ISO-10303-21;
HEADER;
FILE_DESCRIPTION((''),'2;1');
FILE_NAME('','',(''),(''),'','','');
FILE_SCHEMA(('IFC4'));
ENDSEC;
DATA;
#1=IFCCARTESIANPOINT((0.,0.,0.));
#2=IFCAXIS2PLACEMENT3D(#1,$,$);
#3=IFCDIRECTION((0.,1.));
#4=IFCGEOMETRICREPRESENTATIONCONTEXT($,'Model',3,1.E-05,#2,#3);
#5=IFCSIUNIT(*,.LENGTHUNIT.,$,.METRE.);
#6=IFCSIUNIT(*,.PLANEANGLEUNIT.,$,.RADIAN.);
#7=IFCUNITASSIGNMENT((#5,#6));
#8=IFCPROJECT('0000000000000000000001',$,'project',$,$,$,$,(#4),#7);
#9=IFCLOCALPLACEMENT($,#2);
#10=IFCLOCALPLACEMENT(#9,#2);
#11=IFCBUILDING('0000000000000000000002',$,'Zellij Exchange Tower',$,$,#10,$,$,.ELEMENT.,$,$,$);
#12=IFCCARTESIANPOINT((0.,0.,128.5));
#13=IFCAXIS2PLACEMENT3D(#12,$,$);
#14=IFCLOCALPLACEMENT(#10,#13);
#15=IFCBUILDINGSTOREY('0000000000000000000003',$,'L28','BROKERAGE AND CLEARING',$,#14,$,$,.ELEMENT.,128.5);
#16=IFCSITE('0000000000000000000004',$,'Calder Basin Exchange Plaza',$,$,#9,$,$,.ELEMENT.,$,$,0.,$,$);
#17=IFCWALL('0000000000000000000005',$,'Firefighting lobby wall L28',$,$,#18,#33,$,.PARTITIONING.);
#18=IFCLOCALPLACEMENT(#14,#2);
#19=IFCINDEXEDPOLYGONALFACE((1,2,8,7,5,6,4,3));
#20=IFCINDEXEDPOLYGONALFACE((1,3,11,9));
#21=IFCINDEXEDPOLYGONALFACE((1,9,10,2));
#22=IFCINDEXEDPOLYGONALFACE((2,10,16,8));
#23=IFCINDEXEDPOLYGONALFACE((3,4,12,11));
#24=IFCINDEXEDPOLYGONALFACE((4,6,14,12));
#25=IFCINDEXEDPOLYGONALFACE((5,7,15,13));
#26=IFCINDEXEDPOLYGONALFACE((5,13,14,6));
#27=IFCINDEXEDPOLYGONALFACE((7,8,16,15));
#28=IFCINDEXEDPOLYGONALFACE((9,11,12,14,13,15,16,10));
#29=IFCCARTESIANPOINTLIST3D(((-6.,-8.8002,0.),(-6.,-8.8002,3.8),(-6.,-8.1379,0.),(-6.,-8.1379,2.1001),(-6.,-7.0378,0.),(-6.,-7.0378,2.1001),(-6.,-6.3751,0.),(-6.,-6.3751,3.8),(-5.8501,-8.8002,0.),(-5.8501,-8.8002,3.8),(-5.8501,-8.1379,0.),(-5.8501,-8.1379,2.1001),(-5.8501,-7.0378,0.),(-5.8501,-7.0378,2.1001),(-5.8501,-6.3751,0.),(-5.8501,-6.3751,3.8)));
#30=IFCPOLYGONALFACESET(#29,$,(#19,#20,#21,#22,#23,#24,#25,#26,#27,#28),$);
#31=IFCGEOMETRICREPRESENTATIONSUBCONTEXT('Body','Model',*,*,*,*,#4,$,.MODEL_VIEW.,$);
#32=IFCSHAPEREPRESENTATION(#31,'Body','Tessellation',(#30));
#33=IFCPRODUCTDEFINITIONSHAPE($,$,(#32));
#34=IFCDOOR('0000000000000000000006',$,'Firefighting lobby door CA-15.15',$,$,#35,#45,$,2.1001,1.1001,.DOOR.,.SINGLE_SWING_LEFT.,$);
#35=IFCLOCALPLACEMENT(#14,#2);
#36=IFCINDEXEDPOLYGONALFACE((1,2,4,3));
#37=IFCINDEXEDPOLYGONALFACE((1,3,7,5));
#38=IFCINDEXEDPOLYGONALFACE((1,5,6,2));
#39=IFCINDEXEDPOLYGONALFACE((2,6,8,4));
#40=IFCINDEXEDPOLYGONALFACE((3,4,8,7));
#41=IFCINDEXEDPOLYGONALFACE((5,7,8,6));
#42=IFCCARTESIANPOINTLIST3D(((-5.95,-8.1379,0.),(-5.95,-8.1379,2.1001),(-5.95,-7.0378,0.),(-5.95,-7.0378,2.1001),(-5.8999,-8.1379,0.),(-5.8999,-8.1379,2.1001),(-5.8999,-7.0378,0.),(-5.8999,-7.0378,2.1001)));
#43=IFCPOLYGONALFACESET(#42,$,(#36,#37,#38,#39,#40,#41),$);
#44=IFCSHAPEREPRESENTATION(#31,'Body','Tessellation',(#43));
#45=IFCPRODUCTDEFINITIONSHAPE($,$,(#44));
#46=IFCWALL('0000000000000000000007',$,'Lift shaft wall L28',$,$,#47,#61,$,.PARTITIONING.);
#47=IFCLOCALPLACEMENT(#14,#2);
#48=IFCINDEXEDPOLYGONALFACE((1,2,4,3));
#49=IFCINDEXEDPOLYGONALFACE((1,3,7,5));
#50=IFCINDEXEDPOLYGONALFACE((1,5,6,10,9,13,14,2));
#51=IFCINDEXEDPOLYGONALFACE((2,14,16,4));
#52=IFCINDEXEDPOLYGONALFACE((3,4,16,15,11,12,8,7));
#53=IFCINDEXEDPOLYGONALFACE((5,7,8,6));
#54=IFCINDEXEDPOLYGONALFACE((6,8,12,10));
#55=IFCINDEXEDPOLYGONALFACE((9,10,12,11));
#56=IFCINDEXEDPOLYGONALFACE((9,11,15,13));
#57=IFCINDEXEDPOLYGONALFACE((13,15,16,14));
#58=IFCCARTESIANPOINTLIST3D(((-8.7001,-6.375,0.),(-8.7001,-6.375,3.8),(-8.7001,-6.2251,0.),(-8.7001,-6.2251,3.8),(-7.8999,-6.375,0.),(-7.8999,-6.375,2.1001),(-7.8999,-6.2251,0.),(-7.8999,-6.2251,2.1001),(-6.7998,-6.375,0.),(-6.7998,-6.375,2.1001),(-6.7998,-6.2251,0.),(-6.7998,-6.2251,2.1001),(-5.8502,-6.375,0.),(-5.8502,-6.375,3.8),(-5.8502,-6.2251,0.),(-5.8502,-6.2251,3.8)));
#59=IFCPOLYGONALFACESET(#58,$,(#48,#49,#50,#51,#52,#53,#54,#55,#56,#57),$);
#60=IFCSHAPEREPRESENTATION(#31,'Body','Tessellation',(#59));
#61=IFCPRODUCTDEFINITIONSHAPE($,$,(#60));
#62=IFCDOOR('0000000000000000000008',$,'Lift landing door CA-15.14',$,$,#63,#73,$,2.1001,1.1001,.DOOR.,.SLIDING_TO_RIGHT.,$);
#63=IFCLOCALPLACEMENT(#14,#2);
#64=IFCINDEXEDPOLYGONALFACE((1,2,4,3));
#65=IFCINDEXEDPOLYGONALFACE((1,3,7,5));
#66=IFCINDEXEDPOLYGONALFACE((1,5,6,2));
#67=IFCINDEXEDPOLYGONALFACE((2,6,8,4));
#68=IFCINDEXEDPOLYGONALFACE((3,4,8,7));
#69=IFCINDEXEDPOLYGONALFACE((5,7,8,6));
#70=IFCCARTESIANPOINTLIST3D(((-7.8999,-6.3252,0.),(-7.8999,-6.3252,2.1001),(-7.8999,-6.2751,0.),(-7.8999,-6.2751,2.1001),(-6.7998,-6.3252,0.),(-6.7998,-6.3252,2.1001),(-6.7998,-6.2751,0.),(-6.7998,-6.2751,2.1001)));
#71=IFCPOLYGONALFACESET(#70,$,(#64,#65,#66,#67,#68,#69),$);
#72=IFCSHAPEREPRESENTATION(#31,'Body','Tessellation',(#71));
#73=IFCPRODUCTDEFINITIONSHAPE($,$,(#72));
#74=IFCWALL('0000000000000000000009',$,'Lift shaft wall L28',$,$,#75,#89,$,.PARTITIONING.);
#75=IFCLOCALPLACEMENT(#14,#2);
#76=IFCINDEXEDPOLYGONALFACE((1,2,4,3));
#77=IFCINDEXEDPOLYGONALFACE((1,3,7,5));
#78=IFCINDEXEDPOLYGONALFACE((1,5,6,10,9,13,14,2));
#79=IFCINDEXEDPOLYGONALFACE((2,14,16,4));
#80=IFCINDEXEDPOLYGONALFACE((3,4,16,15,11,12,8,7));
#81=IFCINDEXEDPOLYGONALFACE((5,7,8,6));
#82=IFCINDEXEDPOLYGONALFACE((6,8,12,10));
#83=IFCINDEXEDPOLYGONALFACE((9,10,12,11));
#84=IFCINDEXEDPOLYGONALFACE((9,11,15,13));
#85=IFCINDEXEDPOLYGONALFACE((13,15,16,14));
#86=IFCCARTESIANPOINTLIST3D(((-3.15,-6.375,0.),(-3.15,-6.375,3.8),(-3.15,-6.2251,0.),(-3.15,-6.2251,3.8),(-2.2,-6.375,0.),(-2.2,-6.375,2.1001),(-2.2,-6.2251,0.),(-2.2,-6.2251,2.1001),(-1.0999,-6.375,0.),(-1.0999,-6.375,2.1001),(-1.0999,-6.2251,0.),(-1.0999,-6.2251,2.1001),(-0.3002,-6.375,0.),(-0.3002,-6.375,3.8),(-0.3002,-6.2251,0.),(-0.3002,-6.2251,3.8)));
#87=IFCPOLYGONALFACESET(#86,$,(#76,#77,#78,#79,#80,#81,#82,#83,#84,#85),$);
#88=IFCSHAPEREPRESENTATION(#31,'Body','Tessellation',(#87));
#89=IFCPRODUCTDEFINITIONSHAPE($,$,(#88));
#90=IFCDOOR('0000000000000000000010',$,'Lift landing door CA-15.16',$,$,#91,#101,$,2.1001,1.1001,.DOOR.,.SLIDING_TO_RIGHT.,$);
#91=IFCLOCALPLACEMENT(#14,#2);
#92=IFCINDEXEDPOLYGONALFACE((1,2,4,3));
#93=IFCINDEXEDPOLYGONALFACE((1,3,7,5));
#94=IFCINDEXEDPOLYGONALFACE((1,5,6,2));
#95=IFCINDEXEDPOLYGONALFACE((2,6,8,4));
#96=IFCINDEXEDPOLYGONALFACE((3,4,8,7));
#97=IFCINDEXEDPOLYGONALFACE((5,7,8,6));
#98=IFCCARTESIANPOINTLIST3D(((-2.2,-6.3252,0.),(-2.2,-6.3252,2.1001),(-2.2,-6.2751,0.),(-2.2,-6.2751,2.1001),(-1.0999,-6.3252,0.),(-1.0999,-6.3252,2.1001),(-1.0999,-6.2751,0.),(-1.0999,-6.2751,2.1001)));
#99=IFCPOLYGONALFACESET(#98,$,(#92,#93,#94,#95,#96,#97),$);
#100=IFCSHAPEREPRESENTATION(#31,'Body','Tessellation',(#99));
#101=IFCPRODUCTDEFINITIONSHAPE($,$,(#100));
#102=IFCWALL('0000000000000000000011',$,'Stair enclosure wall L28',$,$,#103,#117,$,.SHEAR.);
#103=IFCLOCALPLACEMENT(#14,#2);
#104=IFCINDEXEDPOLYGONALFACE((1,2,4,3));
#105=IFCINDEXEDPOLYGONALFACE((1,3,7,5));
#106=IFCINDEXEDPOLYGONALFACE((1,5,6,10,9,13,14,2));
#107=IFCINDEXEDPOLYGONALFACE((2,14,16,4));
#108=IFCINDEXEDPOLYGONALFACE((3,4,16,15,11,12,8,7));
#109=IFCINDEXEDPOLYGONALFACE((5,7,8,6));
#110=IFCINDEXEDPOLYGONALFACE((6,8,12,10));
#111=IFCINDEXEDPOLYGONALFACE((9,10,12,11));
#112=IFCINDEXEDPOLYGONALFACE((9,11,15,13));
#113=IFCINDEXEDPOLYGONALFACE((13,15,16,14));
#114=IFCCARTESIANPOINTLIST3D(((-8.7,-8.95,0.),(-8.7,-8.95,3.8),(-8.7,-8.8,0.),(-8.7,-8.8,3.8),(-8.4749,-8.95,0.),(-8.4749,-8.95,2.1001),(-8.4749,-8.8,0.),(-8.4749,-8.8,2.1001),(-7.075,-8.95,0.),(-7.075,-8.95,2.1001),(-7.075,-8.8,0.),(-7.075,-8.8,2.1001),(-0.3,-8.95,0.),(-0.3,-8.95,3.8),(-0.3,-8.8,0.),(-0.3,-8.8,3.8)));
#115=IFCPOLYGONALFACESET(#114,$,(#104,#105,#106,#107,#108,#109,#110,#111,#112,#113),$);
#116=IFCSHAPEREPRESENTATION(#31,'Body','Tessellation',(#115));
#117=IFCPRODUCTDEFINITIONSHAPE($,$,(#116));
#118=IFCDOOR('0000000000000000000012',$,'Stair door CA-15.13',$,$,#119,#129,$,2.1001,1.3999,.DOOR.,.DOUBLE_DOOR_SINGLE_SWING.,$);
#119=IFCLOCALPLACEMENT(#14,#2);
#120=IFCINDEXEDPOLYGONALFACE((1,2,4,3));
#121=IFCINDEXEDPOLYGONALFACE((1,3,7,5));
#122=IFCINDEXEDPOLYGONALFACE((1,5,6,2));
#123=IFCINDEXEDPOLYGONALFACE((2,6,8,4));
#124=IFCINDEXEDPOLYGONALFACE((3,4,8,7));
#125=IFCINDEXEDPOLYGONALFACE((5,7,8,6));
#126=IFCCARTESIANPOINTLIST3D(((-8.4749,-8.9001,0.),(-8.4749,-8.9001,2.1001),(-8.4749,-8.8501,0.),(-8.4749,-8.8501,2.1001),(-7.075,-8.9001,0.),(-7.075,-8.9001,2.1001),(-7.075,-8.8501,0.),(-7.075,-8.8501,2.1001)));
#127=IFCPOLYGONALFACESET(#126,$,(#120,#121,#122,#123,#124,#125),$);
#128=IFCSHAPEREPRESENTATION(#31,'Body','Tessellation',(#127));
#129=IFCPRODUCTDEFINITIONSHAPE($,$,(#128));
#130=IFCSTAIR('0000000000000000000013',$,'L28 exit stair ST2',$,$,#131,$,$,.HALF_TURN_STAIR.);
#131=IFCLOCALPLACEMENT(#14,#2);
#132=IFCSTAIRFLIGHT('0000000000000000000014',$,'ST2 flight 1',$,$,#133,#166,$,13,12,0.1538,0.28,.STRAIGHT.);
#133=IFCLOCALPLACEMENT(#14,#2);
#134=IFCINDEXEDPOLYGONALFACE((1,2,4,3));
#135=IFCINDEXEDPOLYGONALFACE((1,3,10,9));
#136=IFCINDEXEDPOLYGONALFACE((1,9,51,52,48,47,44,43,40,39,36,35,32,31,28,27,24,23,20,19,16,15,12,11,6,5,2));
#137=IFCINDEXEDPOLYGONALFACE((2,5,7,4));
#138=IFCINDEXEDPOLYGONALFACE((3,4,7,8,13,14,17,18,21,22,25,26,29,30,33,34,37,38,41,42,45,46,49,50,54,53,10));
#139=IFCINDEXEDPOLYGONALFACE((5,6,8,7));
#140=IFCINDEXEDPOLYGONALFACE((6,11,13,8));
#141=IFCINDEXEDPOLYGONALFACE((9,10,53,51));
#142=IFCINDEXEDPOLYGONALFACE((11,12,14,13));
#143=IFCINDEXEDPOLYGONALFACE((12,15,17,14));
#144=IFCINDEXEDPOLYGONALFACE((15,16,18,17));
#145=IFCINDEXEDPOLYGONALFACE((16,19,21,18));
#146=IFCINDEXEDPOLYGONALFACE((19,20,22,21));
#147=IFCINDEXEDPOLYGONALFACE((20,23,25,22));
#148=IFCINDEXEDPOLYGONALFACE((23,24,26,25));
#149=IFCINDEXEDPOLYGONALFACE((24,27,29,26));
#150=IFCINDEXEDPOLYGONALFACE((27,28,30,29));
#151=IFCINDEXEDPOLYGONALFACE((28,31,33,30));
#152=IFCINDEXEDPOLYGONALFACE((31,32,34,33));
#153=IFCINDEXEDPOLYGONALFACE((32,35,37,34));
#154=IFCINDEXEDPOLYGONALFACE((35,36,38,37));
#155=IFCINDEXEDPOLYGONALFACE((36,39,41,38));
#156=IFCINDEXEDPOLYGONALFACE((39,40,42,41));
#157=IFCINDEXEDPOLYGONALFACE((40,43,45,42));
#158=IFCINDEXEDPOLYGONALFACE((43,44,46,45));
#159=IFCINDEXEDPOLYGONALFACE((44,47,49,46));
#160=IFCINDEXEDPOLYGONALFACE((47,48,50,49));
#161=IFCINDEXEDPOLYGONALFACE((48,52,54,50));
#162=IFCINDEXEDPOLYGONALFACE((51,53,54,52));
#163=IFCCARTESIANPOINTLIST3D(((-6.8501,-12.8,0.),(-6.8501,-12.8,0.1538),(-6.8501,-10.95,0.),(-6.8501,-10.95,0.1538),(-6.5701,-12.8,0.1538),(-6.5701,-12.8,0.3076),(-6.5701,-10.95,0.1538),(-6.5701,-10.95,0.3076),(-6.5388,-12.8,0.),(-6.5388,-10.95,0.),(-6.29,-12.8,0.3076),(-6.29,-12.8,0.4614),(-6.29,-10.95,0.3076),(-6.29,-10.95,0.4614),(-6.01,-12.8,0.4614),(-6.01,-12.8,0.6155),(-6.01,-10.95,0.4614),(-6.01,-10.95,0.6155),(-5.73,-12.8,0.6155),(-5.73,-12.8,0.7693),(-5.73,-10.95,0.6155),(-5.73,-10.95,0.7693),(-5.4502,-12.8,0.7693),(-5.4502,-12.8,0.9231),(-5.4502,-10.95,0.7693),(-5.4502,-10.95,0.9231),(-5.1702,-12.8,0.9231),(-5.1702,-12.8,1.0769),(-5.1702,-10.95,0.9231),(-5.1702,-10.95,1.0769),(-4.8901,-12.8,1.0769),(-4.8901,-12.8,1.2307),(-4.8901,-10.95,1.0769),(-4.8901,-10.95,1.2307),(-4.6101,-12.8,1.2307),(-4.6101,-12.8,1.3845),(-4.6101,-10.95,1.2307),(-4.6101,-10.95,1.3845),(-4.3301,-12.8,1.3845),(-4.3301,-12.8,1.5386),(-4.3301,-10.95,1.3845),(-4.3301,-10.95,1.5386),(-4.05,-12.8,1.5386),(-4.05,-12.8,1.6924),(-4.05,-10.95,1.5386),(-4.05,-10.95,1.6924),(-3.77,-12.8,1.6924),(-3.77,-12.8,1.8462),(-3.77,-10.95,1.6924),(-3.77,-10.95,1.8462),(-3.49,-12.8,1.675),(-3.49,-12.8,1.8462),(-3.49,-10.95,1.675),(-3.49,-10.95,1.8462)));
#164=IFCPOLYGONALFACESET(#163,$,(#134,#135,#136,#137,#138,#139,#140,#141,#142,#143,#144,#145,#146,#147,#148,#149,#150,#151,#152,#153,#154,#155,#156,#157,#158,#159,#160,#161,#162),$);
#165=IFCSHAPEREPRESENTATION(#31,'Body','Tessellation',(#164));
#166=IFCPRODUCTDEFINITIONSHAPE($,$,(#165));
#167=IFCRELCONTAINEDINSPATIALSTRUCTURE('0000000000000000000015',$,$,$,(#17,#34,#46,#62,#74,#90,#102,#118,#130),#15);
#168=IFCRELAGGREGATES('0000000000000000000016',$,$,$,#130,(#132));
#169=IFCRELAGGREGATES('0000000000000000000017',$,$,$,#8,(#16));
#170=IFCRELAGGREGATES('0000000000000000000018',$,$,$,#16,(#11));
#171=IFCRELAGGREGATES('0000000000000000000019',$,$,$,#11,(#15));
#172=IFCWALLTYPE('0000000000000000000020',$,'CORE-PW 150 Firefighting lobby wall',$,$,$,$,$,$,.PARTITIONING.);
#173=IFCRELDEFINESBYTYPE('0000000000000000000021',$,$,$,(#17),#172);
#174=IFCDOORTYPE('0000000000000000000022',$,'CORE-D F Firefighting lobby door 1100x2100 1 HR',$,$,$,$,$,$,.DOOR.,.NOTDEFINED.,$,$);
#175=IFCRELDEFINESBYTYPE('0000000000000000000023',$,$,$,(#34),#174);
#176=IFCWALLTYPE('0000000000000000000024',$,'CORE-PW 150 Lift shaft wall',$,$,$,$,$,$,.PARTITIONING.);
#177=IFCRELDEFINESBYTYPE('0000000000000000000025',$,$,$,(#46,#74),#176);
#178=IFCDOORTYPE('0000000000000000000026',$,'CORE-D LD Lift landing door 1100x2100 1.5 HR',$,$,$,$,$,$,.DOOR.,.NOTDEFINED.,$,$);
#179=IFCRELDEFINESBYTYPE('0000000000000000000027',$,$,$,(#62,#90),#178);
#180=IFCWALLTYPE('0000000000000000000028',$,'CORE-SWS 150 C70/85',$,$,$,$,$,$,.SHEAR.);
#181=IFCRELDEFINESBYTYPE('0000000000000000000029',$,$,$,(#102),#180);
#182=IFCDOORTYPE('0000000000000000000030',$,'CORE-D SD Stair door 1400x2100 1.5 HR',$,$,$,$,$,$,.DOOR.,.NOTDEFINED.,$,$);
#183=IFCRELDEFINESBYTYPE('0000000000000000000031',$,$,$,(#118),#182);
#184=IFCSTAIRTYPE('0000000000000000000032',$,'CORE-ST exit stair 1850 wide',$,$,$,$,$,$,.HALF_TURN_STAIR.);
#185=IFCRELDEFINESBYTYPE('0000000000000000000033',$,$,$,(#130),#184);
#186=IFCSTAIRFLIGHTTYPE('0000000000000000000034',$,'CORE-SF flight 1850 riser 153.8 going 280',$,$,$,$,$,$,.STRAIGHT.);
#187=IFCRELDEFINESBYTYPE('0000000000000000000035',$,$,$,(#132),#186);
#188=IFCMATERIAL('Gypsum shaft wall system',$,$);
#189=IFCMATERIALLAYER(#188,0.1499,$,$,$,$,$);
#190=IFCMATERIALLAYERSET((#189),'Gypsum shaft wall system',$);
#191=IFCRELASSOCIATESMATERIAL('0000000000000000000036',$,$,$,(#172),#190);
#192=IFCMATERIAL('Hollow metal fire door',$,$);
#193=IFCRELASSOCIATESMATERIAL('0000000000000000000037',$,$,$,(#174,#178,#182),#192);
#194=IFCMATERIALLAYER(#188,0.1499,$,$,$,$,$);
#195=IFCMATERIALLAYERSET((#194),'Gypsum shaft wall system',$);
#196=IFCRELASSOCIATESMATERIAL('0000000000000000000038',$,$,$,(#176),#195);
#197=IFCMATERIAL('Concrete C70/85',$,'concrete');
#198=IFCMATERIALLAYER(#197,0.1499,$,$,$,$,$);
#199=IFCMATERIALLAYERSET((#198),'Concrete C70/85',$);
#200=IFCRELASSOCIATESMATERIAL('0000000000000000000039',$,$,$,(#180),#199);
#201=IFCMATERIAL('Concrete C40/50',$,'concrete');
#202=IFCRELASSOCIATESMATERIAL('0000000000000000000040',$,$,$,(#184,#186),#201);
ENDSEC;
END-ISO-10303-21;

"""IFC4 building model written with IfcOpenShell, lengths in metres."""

from ifc_helpers import new_model, si_unit, direction, frame, frame_2d, origin, place, context, subcontext, project, spatial, polyline, rectangle, outline, extrude, material, layer, layer_set, type_object, element, fill, aggregate, save


model = new_model("IFC4")

# Units and contexts
model_context = context("Model", 3, precision=1e-05, world=origin(), true_north=direction((0.0, 1.0)))
body_context = subcontext(model_context, "Body", "Model", "MODEL_VIEW")
ifc_project = project(units=[si_unit("LENGTHUNIT", "METRE"), si_unit("PLANEANGLEUNIT", "RADIAN")], contexts=[model_context])

# Site, building, storey
site_placement = place(None, origin())
site = spatial("IfcSite", under=ifc_project, at=site_placement, Name="Calder Basin Exchange Plaza", CompositionType="ELEMENT", RefElevation=0.0)
building_placement = place(site_placement, origin())
building = spatial("IfcBuilding", under=site, at=building_placement, Name="Zellij Exchange Tower", CompositionType="ELEMENT")
storey_placement = place(building_placement, frame((0.0, 0.0, 128.5)))
storey = spatial("IfcBuildingStorey", under=building, at=storey_placement, Name="L28", Description="BROKERAGE AND CLEARING", CompositionType="ELEMENT", Elevation=128.5)

# Shared definitions
ifc_material_1 = material(Name="Concrete C70/85", Category="concrete")

# Walls, openings, doors
ifc_material_2 = material(Name="Gypsum shaft wall system")
ifc_layer_1 = layer(ifc_material_2, 0.1499)
ifc_layer_set_1 = layer_set([ifc_layer_1], Name="Gypsum shaft wall system")
wall_type_1 = type_object("IfcWallType", Name="CORE-PW 150 Firefighting lobby wall", PredefinedType="PARTITIONING", material=ifc_layer_set_1)
wall_1_placement = place(storey_placement, frame((-5.925, -8.8, 0.0), z_axis=(0.0, 0.0, 1.0), x_axis=(0.0, 1.0, 0.0)))
wall_1 = element("IfcWall", 1, at=wall_1_placement, inside=storey, type_object=wall_type_1, Name="Firefighting lobby wall L28", PredefinedType="PARTITIONING", context=body_context, shape_type="SweptSolid", body=[
    extrude(rectangle(XDim=2.425, YDim=0.1499, at=frame_2d((1.2124, 0.0))), origin(), (0.0, 0.0, 1.0), 3.8),
])
opening_1_placement = place(wall_1_placement, frame((0.6621, 0.0, 0.0)))
opening_1 = element("IfcOpeningElement", 2, at=opening_1_placement, cuts=wall_1, PredefinedType="OPENING", context=body_context, shape_type="SweptSolid", body=[
    extrude(rectangle(XDim=1.1001, YDim=2.1001, at=frame_2d((0.55, 1.05))), frame((0.0, 0.0869, 0.0), z_axis=(0.0, -1.0, 0.0), x_axis=(1.0, 0.0, 0.0)), (0.0, 0.0, 1.0), 0.1738),
])
ifc_material_3 = material(Name="Hollow metal fire door")
door_type_1 = type_object("IfcDoorType", Name="CORE-D F Firefighting lobby door 1100x2100 1 HR", OperationType="NOTDEFINED", PredefinedType="DOOR", material=ifc_material_3)
door_1_placement = place(opening_1_placement, origin())
door_1 = element("IfcDoor", 3, at=door_1_placement, inside=storey, type_object=door_type_1, Name="Firefighting lobby door CA-15.15", OperationType="SINGLE_SWING_LEFT", OverallHeight=2.1001, OverallWidth=1.1001, PredefinedType="DOOR", context=body_context, shape_type="SweptSolid", body=[
    extrude(rectangle(XDim=1.1001, YDim=2.1001, at=frame_2d((0.55, 1.05))), frame((0.0, 0.0249, 0.0), z_axis=(0.0, -1.0, 0.0), x_axis=(1.0, 0.0, 0.0)), (0.0, 0.0, 1.0), 0.05),
])
fill(opening_1, door_1)
ifc_layer_2 = layer(ifc_material_2, 0.1499)
ifc_layer_set_2 = layer_set([ifc_layer_2], Name="Gypsum shaft wall system")
wall_type_2 = type_object("IfcWallType", Name="CORE-PW 150 Lift shaft wall", PredefinedType="PARTITIONING", material=ifc_layer_set_2)
wall_2_placement = place(storey_placement, frame((-8.7, -6.3, 0.0), z_axis=(0.0, 0.0, 1.0), x_axis=(1.0, 0.0, 0.0)))
wall_2 = element("IfcWall", 4, at=wall_2_placement, inside=storey, type_object=wall_type_2, Name="Lift shaft wall L28", PredefinedType="PARTITIONING", context=body_context, shape_type="SweptSolid", body=[
    extrude(rectangle(XDim=2.8499, YDim=0.1499, at=frame_2d((1.4248, 0.0))), origin(), (0.0, 0.0, 1.0), 3.8),
])
opening_2_placement = place(wall_2_placement, frame((0.8, 0.0, 0.0)))
opening_2 = element("IfcOpeningElement", 5, at=opening_2_placement, cuts=wall_2, PredefinedType="OPENING", context=body_context, shape_type="SweptSolid", body=[
    extrude(rectangle(XDim=1.1001, YDim=2.1001, at=frame_2d((0.55, 1.05))), frame((0.0, 0.0869, 0.0), z_axis=(0.0, -1.0, 0.0), x_axis=(1.0, 0.0, 0.0)), (0.0, 0.0, 1.0), 0.1738),
])
door_type_2 = type_object("IfcDoorType", Name="CORE-D LD Lift landing door 1100x2100 1.5 HR", OperationType="NOTDEFINED", PredefinedType="DOOR", material=ifc_material_3)
door_2_placement = place(opening_2_placement, origin())
door_2 = element("IfcDoor", 6, at=door_2_placement, inside=storey, type_object=door_type_2, Name="Lift landing door CA-15.14", OperationType="SLIDING_TO_RIGHT", OverallHeight=2.1001, OverallWidth=1.1001, PredefinedType="DOOR", context=body_context, shape_type="SweptSolid", body=[
    extrude(rectangle(XDim=1.1001, YDim=2.1001, at=frame_2d((0.55, 1.05))), frame((0.0, 0.0249, 0.0), z_axis=(0.0, -1.0, 0.0), x_axis=(1.0, 0.0, 0.0)), (0.0, 0.0, 1.0), 0.05),
])
fill(opening_2, door_2)
wall_3_placement = place(storey_placement, frame((-3.1499, -6.3, 0.0), z_axis=(0.0, 0.0, 1.0), x_axis=(1.0, 0.0, 0.0)))
wall_3 = element("IfcWall", 7, at=wall_3_placement, inside=storey, type_object=wall_type_2, Name="Lift shaft wall L28", PredefinedType="PARTITIONING", context=body_context, shape_type="SweptSolid", body=[
    extrude(rectangle(XDim=2.8499, YDim=0.1499, at=frame_2d((1.4248, 0.0))), origin(), (0.0, 0.0, 1.0), 3.8),
])
opening_3_placement = place(wall_3_placement, frame((0.95, 0.0, 0.0)))
opening_3 = element("IfcOpeningElement", 8, at=opening_3_placement, cuts=wall_3, PredefinedType="OPENING", context=body_context, shape_type="SweptSolid", body=[
    extrude(rectangle(XDim=1.1001, YDim=2.1001, at=frame_2d((0.55, 1.05))), frame((0.0, 0.0869, 0.0), z_axis=(0.0, -1.0, 0.0), x_axis=(1.0, 0.0, 0.0)), (0.0, 0.0, 1.0), 0.1738),
])
door_3_placement = place(opening_3_placement, origin())
door_3 = element("IfcDoor", 9, at=door_3_placement, inside=storey, type_object=door_type_2, Name="Lift landing door CA-15.16", OperationType="SLIDING_TO_RIGHT", OverallHeight=2.1001, OverallWidth=1.1001, PredefinedType="DOOR", context=body_context, shape_type="SweptSolid", body=[
    extrude(rectangle(XDim=1.1001, YDim=2.1001, at=frame_2d((0.55, 1.05))), frame((0.0, 0.0249, 0.0), z_axis=(0.0, -1.0, 0.0), x_axis=(1.0, 0.0, 0.0)), (0.0, 0.0, 1.0), 0.05),
])
fill(opening_3, door_3)
ifc_layer_3 = layer(ifc_material_1, 0.1499)
ifc_layer_set_3 = layer_set([ifc_layer_3], Name="Concrete C70/85")
wall_type_3 = type_object("IfcWallType", Name="CORE-SWS 150 C70/85", PredefinedType="SHEAR", material=ifc_layer_set_3)
wall_4_placement = place(storey_placement, frame((-8.7, -8.875, 0.0), z_axis=(0.0, 0.0, 1.0), x_axis=(1.0, 0.0, 0.0)))
wall_4 = element("IfcWall", 10, at=wall_4_placement, inside=storey, type_object=wall_type_3, Name="Stair enclosure wall L28", PredefinedType="SHEAR", context=body_context, shape_type="SweptSolid", body=[
    extrude(rectangle(XDim=8.3999, YDim=0.1499, at=frame_2d((4.2, 0.0))), origin(), (0.0, 0.0, 1.0), 3.8),
])
opening_4_placement = place(wall_4_placement, frame((0.2251, 0.0, 0.0)))
opening_4 = element("IfcOpeningElement", 11, at=opening_4_placement, cuts=wall_4, PredefinedType="OPENING", context=body_context, shape_type="SweptSolid", body=[
    extrude(rectangle(XDim=1.3999, YDim=2.1001, at=frame_2d((0.7, 1.05))), frame((0.0, 0.0869, 0.0), z_axis=(0.0, -1.0, 0.0), x_axis=(1.0, 0.0, 0.0)), (0.0, 0.0, 1.0), 0.1738),
])
door_type_3 = type_object("IfcDoorType", Name="CORE-D SD Stair door 1400x2100 1.5 HR", OperationType="NOTDEFINED", PredefinedType="DOOR", material=ifc_material_3)
door_4_placement = place(opening_4_placement, origin())
door_4 = element("IfcDoor", 12, at=door_4_placement, inside=storey, type_object=door_type_3, Name="Stair door CA-15.13", OperationType="DOUBLE_DOOR_SINGLE_SWING", OverallHeight=2.1001, OverallWidth=1.3999, PredefinedType="DOOR", context=body_context, shape_type="SweptSolid", body=[
    extrude(rectangle(XDim=1.3999, YDim=2.1001, at=frame_2d((0.7, 1.05))), frame((0.0, 0.0249, 0.0), z_axis=(0.0, -1.0, 0.0), x_axis=(1.0, 0.0, 0.0)), (0.0, 0.0, 1.0), 0.05),
])
fill(opening_4, door_4)

# Stair, stair flight
ifc_material_4 = material(Name="Concrete C40/50", Category="concrete")
stair_type = type_object("IfcStairType", Name="CORE-ST exit stair 1850 wide", PredefinedType="HALF_TURN_STAIR", material=ifc_material_4)
stair_placement = place(storey_placement, origin())
stair = element("IfcStair", 13, at=stair_placement, inside=storey, type_object=stair_type, Name="L28 exit stair ST2", PredefinedType="HALF_TURN_STAIR")
stair_flight_type = type_object("IfcStairFlightType", Name="CORE-SF flight 1850 riser 153.8 going 280", PredefinedType="STRAIGHT", material=ifc_material_4)
stair_flight_1_placement = place(storey_placement, frame((-6.8501, -11.875, 0.0), z_axis=(0.0, 0.0, 1.0), x_axis=(1.0, 0.0, 0.0)))
stair_flight_1 = element("IfcStairFlight", 14, at=stair_flight_1_placement, type_object=stair_flight_type, Name="ST2 flight 1", NumberOfRisers=13, NumberOfTreads=12, PredefinedType="STRAIGHT", RiserHeight=0.1538, TreadLength=0.28, context=body_context, shape_type="SweptSolid", body=[
    extrude(outline(polyline([(0.0, 0.0), (0.0, 0.1538), (0.28, 0.1538), (0.28, 0.3076), (0.5601, 0.3076), (0.5601, 0.4614), (0.8401, 0.4614), (0.8401, 0.6155), (1.1201, 0.6155), (1.1201, 0.7693), (1.3999, 0.7693), (1.3999, 0.9231), (1.6799, 0.9231), (1.6799, 1.0769), (1.96, 1.0769), (1.96, 1.2307), (2.24, 1.2307), (2.24, 1.3845), (2.52, 1.3845), (2.52, 1.5386), (2.8, 1.5386), (2.8, 1.6924), (3.0801, 1.6924), (3.0801, 1.8462), (3.3601, 1.8462), (3.3601, 2.0), (3.3601, 1.675), (0.3113, 0.0), (0.0, 0.0)])), frame((0.0, 0.925, 0.0), z_axis=(0.0, -1.0, 0.0), x_axis=(1.0, 0.0, 0.0)), (0.0, 0.0, 1.0), 1.8501),
])
aggregate(stair, [stair_flight_1])

save(model, "model.ifc")
